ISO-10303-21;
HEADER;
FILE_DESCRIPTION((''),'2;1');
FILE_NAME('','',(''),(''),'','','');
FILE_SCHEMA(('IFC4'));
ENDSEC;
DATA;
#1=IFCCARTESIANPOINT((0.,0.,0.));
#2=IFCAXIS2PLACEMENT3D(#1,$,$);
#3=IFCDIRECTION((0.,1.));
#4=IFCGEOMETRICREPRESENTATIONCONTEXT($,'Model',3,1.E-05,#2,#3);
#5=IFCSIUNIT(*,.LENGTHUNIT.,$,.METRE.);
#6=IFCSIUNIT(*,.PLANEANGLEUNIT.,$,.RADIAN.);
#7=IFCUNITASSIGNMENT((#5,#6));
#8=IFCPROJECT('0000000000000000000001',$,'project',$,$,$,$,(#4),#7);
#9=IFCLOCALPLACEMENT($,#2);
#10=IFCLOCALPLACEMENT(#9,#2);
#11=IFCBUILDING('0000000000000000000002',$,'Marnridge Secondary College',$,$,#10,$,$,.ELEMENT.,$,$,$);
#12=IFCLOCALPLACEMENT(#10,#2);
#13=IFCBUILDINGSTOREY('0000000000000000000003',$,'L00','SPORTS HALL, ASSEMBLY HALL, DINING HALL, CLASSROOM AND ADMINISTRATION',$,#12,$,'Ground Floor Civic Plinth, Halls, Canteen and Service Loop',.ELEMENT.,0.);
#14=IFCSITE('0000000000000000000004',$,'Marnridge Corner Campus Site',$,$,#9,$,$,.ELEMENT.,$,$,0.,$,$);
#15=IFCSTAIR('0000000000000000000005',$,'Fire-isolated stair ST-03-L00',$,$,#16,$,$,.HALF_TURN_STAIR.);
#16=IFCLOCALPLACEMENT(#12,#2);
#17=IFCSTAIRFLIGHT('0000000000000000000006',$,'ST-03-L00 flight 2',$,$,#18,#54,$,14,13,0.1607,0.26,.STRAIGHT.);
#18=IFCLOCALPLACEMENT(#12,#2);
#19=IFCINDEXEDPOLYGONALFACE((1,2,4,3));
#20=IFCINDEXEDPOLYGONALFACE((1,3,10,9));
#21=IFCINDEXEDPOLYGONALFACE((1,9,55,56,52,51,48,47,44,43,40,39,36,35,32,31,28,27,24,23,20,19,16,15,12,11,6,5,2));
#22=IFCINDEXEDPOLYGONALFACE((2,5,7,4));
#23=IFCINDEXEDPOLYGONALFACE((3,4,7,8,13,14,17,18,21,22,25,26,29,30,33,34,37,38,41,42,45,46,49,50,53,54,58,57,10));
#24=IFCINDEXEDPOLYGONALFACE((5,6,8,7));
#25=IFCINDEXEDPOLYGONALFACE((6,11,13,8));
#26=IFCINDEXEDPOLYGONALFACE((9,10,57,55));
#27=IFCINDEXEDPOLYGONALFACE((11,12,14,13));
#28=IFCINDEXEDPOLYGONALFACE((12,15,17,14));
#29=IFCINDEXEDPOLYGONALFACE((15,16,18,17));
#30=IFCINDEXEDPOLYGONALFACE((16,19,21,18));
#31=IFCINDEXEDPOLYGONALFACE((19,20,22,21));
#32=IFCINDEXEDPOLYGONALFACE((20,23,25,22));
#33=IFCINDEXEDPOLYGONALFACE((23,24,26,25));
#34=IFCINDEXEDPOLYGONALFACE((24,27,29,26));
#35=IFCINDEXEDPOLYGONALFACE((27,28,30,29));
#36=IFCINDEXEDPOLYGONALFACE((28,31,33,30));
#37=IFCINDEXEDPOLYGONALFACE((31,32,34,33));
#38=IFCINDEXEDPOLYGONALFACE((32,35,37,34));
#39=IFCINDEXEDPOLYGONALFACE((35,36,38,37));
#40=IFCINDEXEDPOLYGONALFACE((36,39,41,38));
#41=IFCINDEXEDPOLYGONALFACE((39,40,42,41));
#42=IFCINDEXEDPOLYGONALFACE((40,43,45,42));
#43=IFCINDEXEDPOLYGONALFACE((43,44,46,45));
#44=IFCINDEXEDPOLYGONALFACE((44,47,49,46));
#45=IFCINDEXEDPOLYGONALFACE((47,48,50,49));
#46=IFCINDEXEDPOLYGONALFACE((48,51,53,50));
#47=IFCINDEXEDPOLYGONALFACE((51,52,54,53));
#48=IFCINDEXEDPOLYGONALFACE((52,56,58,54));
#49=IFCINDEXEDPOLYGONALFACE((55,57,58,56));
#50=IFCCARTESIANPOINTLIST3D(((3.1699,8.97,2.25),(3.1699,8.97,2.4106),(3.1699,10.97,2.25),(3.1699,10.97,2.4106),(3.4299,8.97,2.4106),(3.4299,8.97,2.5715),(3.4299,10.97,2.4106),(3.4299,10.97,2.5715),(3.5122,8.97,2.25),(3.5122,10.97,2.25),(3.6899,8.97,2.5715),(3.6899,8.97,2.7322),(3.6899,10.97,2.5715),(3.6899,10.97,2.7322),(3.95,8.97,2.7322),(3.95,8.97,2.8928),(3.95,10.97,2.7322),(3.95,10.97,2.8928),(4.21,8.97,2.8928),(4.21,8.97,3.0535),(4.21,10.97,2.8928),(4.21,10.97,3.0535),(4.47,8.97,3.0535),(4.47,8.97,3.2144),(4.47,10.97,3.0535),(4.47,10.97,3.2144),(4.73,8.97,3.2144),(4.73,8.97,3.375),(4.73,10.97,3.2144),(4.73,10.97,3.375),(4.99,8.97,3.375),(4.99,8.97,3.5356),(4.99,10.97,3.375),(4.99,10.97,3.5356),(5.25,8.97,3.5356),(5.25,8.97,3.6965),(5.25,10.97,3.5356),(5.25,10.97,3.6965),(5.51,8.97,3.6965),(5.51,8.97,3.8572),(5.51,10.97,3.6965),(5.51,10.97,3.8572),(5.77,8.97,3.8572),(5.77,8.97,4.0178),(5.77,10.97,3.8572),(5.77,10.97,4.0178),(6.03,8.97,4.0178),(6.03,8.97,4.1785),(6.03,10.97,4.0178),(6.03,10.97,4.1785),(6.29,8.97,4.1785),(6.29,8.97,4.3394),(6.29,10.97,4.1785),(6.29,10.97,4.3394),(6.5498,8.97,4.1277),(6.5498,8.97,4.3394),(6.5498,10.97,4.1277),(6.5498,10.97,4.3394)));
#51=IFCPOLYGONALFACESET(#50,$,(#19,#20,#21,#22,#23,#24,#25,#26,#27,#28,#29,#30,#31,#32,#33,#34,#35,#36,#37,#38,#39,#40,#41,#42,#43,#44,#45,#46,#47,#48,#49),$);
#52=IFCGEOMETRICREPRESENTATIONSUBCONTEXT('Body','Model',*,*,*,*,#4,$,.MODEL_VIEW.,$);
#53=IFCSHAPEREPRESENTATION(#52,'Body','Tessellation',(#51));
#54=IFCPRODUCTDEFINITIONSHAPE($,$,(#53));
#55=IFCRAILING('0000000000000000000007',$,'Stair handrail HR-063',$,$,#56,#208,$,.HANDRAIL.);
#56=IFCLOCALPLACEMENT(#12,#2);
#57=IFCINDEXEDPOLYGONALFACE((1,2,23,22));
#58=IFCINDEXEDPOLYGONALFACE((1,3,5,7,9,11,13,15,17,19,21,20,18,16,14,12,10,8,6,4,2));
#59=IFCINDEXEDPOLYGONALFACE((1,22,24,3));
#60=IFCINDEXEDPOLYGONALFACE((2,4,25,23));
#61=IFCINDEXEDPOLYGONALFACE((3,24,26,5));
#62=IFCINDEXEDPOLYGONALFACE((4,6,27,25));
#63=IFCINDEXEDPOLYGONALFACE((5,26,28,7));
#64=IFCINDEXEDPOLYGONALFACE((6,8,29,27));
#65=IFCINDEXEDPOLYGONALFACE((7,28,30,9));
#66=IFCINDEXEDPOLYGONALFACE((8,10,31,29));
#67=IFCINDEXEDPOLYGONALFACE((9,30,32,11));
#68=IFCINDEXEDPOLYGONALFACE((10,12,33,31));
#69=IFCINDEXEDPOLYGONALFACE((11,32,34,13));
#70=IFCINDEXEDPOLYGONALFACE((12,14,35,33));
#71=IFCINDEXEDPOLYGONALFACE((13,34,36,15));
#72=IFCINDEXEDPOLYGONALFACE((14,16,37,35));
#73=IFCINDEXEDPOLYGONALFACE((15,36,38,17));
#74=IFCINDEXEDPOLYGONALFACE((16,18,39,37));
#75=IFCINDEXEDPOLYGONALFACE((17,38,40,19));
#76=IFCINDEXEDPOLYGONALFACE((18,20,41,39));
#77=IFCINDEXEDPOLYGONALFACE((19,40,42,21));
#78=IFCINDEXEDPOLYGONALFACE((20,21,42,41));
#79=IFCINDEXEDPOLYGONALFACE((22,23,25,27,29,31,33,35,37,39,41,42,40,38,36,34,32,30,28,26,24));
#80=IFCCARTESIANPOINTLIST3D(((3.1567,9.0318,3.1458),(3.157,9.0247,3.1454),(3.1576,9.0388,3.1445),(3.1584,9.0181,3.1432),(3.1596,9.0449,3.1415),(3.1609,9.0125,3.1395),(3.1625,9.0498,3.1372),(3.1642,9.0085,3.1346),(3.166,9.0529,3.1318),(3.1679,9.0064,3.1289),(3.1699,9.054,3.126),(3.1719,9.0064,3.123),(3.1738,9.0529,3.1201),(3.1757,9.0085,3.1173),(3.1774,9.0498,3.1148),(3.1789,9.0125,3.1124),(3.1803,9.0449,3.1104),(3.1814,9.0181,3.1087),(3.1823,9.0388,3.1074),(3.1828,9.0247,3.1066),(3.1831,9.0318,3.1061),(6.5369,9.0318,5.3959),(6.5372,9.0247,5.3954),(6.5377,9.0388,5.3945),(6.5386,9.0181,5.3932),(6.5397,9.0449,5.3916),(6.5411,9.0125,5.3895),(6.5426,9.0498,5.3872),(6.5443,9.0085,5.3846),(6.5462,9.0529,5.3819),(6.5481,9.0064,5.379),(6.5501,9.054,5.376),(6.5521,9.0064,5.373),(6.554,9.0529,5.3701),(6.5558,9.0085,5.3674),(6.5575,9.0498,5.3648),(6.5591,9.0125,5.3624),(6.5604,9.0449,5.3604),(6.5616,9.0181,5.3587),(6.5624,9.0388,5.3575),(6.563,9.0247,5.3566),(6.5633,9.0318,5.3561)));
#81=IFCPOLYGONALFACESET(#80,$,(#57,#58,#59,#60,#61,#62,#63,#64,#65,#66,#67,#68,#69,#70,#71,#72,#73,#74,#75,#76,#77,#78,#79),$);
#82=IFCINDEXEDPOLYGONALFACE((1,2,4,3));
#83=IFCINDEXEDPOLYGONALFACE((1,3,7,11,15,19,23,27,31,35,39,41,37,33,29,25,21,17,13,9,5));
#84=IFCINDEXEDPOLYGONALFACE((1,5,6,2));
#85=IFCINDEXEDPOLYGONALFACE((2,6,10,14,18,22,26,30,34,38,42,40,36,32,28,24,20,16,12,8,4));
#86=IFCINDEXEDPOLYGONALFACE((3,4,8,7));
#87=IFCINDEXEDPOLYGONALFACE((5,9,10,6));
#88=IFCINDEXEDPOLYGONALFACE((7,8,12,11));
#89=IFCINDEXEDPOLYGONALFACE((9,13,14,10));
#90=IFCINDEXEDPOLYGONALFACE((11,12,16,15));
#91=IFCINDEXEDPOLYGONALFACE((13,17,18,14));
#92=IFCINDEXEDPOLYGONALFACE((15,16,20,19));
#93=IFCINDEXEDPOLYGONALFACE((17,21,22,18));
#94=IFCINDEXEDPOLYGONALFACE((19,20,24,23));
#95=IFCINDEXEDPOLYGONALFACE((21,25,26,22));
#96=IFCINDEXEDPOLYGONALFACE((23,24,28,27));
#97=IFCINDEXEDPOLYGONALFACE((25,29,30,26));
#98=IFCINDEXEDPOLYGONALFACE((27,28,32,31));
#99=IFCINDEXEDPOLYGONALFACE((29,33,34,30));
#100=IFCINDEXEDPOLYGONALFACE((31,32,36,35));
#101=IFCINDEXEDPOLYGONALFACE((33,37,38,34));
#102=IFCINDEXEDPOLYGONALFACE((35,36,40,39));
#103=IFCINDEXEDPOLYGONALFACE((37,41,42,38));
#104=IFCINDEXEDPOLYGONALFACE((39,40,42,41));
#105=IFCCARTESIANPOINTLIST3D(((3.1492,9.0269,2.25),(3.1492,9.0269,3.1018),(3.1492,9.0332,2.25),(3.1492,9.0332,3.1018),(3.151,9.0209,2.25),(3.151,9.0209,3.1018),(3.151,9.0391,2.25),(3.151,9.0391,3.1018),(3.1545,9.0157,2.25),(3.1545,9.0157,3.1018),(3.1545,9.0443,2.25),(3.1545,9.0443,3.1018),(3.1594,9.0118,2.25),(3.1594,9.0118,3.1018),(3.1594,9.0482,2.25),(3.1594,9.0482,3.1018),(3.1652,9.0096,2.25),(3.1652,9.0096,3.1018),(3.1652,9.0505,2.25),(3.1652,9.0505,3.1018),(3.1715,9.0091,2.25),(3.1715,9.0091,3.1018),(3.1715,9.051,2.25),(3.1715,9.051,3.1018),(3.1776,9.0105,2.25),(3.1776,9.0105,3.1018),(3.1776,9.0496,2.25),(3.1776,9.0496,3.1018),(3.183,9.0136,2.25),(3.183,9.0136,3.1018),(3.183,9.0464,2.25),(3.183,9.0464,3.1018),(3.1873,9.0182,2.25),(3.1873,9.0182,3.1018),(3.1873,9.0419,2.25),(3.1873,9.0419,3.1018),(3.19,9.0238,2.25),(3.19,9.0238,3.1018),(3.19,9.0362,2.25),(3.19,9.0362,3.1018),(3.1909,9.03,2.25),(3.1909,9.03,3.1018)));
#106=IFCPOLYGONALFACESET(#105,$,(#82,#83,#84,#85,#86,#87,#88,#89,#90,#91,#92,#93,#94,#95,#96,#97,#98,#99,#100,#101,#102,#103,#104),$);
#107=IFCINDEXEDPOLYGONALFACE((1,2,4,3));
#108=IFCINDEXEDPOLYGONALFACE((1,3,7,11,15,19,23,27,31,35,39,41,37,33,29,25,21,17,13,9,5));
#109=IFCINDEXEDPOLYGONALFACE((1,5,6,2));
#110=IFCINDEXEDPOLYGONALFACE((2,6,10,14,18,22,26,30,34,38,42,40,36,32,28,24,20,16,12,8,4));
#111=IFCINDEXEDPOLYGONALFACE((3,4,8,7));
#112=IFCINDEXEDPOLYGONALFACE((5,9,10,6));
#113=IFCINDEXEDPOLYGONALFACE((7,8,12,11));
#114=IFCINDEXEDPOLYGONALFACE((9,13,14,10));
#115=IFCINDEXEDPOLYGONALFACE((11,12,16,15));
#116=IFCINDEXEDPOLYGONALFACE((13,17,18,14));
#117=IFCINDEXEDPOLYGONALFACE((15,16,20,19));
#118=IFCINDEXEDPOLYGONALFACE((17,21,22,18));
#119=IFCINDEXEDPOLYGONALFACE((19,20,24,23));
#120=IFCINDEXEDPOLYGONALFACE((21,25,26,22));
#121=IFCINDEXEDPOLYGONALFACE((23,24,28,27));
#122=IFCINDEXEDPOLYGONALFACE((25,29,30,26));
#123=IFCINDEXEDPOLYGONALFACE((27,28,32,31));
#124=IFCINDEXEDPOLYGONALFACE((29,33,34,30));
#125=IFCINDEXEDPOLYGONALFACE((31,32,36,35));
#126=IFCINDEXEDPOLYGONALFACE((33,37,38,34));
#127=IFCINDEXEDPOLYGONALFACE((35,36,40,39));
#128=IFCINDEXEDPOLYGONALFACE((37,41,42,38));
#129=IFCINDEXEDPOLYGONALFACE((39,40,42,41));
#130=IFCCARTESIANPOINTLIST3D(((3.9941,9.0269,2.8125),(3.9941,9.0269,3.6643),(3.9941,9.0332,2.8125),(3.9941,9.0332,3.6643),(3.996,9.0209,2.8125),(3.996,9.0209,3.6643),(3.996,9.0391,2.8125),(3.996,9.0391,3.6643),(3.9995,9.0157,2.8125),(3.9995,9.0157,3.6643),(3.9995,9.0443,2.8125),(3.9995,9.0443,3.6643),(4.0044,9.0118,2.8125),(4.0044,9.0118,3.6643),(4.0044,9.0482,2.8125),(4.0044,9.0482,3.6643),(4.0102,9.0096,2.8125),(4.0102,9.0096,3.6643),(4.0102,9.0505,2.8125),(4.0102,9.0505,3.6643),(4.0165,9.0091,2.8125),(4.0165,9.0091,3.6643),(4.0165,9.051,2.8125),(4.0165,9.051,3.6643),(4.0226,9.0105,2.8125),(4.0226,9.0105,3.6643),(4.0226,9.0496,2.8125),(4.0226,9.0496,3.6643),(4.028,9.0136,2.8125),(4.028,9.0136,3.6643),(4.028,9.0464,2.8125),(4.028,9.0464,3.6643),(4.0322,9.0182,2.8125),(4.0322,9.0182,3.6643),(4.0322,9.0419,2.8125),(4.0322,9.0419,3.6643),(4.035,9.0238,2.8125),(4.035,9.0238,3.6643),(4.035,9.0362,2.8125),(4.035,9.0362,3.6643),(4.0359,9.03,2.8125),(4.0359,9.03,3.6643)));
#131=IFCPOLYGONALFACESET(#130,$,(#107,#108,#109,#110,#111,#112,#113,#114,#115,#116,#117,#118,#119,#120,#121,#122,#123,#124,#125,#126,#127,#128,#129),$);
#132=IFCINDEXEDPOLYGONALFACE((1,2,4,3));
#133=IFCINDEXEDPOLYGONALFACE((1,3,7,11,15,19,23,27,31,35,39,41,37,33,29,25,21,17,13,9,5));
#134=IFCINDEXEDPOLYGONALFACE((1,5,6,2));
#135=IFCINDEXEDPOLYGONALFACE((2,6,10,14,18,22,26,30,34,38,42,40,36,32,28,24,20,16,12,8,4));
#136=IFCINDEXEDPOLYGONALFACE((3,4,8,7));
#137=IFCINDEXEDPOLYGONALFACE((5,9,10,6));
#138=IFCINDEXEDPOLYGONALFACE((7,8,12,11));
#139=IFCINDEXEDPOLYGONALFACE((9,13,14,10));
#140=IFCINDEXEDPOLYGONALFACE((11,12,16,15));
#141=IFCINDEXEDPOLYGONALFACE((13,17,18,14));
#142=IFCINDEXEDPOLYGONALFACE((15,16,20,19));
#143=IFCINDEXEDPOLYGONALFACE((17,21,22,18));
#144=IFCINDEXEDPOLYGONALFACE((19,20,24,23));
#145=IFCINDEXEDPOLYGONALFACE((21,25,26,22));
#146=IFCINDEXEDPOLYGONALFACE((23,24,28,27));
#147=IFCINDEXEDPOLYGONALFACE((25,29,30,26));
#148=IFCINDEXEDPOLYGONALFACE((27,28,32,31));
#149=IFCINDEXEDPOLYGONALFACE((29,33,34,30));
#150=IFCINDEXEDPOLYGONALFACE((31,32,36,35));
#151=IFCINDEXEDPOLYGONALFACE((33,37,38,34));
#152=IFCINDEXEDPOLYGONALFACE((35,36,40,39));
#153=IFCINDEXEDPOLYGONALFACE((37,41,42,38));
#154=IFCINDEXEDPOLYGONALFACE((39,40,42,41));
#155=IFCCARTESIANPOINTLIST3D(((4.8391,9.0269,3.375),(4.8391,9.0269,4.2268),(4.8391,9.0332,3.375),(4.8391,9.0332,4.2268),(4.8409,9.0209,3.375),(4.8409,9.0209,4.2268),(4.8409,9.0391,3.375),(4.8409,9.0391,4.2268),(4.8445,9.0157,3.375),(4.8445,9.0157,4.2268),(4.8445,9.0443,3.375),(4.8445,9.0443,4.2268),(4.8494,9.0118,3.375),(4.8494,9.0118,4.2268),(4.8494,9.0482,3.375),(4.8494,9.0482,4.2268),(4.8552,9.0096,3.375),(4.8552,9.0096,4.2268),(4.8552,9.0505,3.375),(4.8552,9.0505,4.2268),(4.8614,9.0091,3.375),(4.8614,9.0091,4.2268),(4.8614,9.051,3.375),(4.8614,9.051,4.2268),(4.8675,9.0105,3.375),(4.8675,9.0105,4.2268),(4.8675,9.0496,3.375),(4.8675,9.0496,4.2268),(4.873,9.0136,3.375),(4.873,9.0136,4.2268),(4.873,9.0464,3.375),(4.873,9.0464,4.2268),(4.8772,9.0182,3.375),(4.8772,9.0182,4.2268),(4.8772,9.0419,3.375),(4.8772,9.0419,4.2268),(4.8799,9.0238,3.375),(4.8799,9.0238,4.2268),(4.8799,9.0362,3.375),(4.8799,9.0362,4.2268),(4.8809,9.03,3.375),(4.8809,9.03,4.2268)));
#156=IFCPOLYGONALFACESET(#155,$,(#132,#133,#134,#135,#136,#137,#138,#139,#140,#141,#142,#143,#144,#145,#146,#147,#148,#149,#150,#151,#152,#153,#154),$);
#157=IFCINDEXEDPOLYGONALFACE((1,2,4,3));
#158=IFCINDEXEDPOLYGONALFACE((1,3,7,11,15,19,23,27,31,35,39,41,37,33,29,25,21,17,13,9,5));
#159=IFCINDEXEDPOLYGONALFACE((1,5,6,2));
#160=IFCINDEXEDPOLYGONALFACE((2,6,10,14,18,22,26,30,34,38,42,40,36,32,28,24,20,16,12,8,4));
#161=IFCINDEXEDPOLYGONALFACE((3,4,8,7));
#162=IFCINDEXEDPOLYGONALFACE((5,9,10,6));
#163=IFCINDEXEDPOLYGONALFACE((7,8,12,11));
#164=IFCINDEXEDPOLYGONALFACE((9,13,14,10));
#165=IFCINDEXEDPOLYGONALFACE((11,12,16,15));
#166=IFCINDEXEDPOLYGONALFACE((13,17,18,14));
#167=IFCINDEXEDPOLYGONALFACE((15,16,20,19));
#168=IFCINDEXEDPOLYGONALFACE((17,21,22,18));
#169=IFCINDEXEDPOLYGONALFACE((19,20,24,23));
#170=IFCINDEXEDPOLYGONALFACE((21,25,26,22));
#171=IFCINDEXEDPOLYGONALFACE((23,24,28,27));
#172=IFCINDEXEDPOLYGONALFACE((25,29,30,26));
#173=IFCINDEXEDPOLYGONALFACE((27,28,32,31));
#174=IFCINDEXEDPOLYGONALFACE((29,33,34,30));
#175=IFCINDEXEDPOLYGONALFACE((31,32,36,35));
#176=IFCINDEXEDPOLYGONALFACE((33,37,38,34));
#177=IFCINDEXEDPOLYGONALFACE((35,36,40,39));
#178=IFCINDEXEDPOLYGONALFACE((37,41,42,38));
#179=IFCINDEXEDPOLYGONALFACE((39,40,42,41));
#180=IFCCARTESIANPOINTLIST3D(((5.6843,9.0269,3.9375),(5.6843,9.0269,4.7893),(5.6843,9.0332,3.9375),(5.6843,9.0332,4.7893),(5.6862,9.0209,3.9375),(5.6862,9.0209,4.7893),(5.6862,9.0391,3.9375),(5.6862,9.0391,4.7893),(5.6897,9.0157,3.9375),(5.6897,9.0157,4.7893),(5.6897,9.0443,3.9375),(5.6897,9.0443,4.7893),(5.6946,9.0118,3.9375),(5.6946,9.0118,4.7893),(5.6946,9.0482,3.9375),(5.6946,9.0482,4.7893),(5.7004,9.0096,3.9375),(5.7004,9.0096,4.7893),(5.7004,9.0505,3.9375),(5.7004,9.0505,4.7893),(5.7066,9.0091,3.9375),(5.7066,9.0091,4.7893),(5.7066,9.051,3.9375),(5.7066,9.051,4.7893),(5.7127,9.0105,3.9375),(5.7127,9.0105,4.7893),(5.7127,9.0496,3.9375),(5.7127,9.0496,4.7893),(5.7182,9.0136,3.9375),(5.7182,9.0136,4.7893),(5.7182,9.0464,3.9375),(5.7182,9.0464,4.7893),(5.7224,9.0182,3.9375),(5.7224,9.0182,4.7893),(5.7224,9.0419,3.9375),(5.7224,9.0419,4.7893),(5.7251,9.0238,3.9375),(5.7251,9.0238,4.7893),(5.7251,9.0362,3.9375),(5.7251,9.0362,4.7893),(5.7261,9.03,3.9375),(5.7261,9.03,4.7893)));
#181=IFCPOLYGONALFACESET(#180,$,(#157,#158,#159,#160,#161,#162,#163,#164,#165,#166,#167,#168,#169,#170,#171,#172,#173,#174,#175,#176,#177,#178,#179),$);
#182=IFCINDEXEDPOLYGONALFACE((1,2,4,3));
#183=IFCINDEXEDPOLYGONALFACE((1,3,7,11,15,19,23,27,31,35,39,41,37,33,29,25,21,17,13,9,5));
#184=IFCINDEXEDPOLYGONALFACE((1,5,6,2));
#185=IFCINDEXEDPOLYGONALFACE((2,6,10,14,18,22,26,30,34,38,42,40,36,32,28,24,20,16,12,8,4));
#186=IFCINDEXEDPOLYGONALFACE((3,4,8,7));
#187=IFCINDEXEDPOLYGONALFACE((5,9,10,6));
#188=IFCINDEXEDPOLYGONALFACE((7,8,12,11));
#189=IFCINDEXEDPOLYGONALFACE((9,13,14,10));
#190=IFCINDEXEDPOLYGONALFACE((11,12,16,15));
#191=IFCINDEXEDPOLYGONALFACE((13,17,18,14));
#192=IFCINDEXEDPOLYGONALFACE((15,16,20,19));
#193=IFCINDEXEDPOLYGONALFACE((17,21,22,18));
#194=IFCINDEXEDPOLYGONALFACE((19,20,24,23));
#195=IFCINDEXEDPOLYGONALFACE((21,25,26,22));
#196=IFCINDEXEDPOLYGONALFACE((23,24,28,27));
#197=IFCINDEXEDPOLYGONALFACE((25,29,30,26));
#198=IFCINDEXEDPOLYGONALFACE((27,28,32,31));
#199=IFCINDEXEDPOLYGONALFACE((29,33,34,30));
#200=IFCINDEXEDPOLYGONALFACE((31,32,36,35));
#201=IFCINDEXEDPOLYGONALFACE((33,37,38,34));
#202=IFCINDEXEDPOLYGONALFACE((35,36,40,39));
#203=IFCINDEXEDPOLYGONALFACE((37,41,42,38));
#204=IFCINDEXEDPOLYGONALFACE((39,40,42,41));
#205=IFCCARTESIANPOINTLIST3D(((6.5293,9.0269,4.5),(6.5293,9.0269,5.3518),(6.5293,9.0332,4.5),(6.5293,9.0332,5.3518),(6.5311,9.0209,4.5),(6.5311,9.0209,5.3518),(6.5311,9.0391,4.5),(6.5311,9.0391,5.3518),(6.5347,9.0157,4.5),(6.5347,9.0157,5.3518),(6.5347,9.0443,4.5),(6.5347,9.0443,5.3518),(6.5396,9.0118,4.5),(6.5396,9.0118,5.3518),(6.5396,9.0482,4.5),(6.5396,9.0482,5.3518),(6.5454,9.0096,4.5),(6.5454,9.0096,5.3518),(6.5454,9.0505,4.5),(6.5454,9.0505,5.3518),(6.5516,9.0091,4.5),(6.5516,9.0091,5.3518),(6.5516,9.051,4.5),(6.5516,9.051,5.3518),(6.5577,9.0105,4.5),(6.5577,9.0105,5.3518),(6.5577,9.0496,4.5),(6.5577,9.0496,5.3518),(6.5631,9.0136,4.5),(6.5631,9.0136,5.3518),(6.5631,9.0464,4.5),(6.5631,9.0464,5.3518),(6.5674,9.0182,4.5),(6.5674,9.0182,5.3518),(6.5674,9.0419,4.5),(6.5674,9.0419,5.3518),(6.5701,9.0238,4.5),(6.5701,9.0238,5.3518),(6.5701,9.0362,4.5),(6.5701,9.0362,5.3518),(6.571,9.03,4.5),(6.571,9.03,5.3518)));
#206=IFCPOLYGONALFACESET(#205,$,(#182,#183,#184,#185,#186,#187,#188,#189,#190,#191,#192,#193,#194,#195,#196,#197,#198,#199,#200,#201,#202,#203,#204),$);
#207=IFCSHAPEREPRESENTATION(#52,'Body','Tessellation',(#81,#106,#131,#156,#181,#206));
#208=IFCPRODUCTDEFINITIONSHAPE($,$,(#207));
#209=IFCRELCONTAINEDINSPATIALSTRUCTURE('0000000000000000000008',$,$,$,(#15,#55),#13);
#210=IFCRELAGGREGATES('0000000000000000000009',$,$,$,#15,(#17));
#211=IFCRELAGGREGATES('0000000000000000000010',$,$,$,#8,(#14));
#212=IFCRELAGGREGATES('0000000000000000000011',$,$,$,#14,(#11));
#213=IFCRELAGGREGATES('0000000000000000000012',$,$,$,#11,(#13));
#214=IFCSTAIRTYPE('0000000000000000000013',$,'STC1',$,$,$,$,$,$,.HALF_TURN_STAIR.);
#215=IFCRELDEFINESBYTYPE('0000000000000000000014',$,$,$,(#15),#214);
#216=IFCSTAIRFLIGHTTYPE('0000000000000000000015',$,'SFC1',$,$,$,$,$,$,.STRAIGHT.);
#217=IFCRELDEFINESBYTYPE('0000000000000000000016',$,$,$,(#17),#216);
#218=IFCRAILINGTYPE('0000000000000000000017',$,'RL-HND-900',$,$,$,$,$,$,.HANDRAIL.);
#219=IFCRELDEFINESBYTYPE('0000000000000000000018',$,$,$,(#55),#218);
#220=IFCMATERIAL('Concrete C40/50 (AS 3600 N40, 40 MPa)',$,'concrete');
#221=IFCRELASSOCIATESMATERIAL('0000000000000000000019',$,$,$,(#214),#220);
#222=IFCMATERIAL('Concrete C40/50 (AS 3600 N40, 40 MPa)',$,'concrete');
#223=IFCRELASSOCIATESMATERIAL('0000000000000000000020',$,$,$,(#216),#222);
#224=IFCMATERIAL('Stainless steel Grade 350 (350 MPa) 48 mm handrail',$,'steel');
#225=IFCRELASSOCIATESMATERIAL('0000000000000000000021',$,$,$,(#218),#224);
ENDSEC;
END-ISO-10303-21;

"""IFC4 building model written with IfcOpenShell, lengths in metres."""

from ifc_helpers import new_model, si_unit, direction, frame, origin, origin_2d, place, context, subcontext, project, spatial, polyline, circle, outline, extrude, material, type_object, element, aggregate, save


model = new_model("IFC4")

# Units and contexts
model_context = context("Model", 3, precision=1e-05, world=origin(), true_north=direction((0.0, 1.0)))
body_context = subcontext(model_context, "Body", "Model", "MODEL_VIEW")
ifc_project = project(units=[si_unit("LENGTHUNIT", "METRE"), si_unit("PLANEANGLEUNIT", "RADIAN")], contexts=[model_context])

# Site, building, storey
site_placement = place(None, origin())
site = spatial("IfcSite", under=ifc_project, at=site_placement, Name="Marnridge Corner Campus Site", CompositionType="ELEMENT", RefElevation=0.0)
building_placement = place(site_placement, origin())
building = spatial("IfcBuilding", under=site, at=building_placement, Name="Marnridge Secondary College", CompositionType="ELEMENT")
storey_placement = place(building_placement, origin())
storey = spatial("IfcBuildingStorey", under=building, at=storey_placement, Name="L00", Description="SPORTS HALL, ASSEMBLY HALL, DINING HALL, CLASSROOM AND ADMINISTRATION", LongName="Ground Floor Civic Plinth, Halls, Canteen and Service Loop", CompositionType="ELEMENT", Elevation=0.0)

# Stair, stair flight
ifc_material_1 = material(Name="Concrete C40/50 (AS 3600 N40, 40 MPa)", Category="concrete")
stair_type = type_object("IfcStairType", Name="STC1", PredefinedType="HALF_TURN_STAIR", material=ifc_material_1)
stair_placement = place(storey_placement, origin())
stair = element("IfcStair", 1, at=stair_placement, inside=storey, type_object=stair_type, Name="Fire-isolated stair ST-03-L00", PredefinedType="HALF_TURN_STAIR")
ifc_material_2 = material(Name="Concrete C40/50 (AS 3600 N40, 40 MPa)", Category="concrete")
stair_flight_type = type_object("IfcStairFlightType", Name="SFC1", PredefinedType="STRAIGHT", material=ifc_material_2)
stair_flight_placement = place(storey_placement, frame((3.1699, 9.97, 2.25), z_axis=(0.0, 0.0, 1.0), x_axis=(1.0, 0.0, 0.0)))
stair_flight = element("IfcStairFlight", 2, at=stair_flight_placement, type_object=stair_flight_type, Name="ST-03-L00 flight 2", NumberOfRisers=14, NumberOfTreads=13, PredefinedType="STRAIGHT", RiserHeight=0.1607, TreadLength=0.26, context=body_context, shape_type="SweptSolid", body=[
    extrude(outline(polyline([(0.0, 0.0), (0.0, 0.1606), (0.26, 0.1606), (0.26, 0.3215), (0.52, 0.3215), (0.52, 0.4822), (0.78, 0.4822), (0.78, 0.6428), (1.04, 0.6428), (1.04, 0.8035), (1.3, 0.8035), (1.3, 0.9644), (1.5601, 0.9644), (1.5601, 1.125), (1.8201, 1.125), (1.8201, 1.2856), (2.0801, 1.2856), (2.0801, 1.4465), (2.3401, 1.4465), (2.3401, 1.6072), (2.6001, 1.6072), (2.6001, 1.7678), (2.8601, 1.7678), (2.8601, 1.9285), (3.1201, 1.9285), (3.1201, 2.0894), (3.3799, 2.0894), (3.3799, 2.25), (3.3799, 1.8777), (0.3423, 0.0), (0.0, 0.0)])), frame((0.0, 1.0, 0.0), z_axis=(0.0, -1.0, 0.0), x_axis=(1.0, 0.0, 0.0)), (0.0, 0.0, 1.0), 2.0),
])
aggregate(stair, [stair_flight])

# Railing
ifc_material_3 = material(Name="Stainless steel Grade 350 (350 MPa) 48 mm handrail", Category="steel")
railing_type = type_object("IfcRailingType", Name="RL-HND-900", PredefinedType="HANDRAIL", material=ifc_material_3)
for number, where, name in (
    (3, (3.1699, 9.03, 2.25), "Stair handrail HR-063"),
):
    element("IfcRailing", number, at=place(storey_placement, frame(where)), inside=storey, type_object=railing_type, Name=name, PredefinedType="HANDRAIL", context=body_context, shape_type="SweptSolid", body=[
        extrude(circle(Radius=0.0239, at=origin_2d()), frame((0.0, 0.0, 0.876), z_axis=(0.832439, 0.0, 0.554117), x_axis=(0.0, 1.0, 0.0)), (0.0, 0.0, 1.0), 4.0605),
        extrude(circle(Radius=0.021, at=origin_2d()), origin(), (0.0, 0.0, 1.0), 0.8518),
        extrude(circle(Radius=0.021, at=origin_2d()), frame((0.845, 0.0, 0.5625)), (0.0, 0.0, 1.0), 0.8518),
        extrude(circle(Radius=0.021, at=origin_2d()), frame((1.6899, 0.0, 1.125)), (0.0, 0.0, 1.0), 0.8518),
        extrude(circle(Radius=0.021, at=origin_2d()), frame((2.5352, 0.0, 1.6875)), (0.0, 0.0, 1.0), 0.8518),
        extrude(circle(Radius=0.021, at=origin_2d()), frame((3.3801, 0.0, 2.25)), (0.0, 0.0, 1.0), 0.8518),
    ])

save(model, "model.ifc")
